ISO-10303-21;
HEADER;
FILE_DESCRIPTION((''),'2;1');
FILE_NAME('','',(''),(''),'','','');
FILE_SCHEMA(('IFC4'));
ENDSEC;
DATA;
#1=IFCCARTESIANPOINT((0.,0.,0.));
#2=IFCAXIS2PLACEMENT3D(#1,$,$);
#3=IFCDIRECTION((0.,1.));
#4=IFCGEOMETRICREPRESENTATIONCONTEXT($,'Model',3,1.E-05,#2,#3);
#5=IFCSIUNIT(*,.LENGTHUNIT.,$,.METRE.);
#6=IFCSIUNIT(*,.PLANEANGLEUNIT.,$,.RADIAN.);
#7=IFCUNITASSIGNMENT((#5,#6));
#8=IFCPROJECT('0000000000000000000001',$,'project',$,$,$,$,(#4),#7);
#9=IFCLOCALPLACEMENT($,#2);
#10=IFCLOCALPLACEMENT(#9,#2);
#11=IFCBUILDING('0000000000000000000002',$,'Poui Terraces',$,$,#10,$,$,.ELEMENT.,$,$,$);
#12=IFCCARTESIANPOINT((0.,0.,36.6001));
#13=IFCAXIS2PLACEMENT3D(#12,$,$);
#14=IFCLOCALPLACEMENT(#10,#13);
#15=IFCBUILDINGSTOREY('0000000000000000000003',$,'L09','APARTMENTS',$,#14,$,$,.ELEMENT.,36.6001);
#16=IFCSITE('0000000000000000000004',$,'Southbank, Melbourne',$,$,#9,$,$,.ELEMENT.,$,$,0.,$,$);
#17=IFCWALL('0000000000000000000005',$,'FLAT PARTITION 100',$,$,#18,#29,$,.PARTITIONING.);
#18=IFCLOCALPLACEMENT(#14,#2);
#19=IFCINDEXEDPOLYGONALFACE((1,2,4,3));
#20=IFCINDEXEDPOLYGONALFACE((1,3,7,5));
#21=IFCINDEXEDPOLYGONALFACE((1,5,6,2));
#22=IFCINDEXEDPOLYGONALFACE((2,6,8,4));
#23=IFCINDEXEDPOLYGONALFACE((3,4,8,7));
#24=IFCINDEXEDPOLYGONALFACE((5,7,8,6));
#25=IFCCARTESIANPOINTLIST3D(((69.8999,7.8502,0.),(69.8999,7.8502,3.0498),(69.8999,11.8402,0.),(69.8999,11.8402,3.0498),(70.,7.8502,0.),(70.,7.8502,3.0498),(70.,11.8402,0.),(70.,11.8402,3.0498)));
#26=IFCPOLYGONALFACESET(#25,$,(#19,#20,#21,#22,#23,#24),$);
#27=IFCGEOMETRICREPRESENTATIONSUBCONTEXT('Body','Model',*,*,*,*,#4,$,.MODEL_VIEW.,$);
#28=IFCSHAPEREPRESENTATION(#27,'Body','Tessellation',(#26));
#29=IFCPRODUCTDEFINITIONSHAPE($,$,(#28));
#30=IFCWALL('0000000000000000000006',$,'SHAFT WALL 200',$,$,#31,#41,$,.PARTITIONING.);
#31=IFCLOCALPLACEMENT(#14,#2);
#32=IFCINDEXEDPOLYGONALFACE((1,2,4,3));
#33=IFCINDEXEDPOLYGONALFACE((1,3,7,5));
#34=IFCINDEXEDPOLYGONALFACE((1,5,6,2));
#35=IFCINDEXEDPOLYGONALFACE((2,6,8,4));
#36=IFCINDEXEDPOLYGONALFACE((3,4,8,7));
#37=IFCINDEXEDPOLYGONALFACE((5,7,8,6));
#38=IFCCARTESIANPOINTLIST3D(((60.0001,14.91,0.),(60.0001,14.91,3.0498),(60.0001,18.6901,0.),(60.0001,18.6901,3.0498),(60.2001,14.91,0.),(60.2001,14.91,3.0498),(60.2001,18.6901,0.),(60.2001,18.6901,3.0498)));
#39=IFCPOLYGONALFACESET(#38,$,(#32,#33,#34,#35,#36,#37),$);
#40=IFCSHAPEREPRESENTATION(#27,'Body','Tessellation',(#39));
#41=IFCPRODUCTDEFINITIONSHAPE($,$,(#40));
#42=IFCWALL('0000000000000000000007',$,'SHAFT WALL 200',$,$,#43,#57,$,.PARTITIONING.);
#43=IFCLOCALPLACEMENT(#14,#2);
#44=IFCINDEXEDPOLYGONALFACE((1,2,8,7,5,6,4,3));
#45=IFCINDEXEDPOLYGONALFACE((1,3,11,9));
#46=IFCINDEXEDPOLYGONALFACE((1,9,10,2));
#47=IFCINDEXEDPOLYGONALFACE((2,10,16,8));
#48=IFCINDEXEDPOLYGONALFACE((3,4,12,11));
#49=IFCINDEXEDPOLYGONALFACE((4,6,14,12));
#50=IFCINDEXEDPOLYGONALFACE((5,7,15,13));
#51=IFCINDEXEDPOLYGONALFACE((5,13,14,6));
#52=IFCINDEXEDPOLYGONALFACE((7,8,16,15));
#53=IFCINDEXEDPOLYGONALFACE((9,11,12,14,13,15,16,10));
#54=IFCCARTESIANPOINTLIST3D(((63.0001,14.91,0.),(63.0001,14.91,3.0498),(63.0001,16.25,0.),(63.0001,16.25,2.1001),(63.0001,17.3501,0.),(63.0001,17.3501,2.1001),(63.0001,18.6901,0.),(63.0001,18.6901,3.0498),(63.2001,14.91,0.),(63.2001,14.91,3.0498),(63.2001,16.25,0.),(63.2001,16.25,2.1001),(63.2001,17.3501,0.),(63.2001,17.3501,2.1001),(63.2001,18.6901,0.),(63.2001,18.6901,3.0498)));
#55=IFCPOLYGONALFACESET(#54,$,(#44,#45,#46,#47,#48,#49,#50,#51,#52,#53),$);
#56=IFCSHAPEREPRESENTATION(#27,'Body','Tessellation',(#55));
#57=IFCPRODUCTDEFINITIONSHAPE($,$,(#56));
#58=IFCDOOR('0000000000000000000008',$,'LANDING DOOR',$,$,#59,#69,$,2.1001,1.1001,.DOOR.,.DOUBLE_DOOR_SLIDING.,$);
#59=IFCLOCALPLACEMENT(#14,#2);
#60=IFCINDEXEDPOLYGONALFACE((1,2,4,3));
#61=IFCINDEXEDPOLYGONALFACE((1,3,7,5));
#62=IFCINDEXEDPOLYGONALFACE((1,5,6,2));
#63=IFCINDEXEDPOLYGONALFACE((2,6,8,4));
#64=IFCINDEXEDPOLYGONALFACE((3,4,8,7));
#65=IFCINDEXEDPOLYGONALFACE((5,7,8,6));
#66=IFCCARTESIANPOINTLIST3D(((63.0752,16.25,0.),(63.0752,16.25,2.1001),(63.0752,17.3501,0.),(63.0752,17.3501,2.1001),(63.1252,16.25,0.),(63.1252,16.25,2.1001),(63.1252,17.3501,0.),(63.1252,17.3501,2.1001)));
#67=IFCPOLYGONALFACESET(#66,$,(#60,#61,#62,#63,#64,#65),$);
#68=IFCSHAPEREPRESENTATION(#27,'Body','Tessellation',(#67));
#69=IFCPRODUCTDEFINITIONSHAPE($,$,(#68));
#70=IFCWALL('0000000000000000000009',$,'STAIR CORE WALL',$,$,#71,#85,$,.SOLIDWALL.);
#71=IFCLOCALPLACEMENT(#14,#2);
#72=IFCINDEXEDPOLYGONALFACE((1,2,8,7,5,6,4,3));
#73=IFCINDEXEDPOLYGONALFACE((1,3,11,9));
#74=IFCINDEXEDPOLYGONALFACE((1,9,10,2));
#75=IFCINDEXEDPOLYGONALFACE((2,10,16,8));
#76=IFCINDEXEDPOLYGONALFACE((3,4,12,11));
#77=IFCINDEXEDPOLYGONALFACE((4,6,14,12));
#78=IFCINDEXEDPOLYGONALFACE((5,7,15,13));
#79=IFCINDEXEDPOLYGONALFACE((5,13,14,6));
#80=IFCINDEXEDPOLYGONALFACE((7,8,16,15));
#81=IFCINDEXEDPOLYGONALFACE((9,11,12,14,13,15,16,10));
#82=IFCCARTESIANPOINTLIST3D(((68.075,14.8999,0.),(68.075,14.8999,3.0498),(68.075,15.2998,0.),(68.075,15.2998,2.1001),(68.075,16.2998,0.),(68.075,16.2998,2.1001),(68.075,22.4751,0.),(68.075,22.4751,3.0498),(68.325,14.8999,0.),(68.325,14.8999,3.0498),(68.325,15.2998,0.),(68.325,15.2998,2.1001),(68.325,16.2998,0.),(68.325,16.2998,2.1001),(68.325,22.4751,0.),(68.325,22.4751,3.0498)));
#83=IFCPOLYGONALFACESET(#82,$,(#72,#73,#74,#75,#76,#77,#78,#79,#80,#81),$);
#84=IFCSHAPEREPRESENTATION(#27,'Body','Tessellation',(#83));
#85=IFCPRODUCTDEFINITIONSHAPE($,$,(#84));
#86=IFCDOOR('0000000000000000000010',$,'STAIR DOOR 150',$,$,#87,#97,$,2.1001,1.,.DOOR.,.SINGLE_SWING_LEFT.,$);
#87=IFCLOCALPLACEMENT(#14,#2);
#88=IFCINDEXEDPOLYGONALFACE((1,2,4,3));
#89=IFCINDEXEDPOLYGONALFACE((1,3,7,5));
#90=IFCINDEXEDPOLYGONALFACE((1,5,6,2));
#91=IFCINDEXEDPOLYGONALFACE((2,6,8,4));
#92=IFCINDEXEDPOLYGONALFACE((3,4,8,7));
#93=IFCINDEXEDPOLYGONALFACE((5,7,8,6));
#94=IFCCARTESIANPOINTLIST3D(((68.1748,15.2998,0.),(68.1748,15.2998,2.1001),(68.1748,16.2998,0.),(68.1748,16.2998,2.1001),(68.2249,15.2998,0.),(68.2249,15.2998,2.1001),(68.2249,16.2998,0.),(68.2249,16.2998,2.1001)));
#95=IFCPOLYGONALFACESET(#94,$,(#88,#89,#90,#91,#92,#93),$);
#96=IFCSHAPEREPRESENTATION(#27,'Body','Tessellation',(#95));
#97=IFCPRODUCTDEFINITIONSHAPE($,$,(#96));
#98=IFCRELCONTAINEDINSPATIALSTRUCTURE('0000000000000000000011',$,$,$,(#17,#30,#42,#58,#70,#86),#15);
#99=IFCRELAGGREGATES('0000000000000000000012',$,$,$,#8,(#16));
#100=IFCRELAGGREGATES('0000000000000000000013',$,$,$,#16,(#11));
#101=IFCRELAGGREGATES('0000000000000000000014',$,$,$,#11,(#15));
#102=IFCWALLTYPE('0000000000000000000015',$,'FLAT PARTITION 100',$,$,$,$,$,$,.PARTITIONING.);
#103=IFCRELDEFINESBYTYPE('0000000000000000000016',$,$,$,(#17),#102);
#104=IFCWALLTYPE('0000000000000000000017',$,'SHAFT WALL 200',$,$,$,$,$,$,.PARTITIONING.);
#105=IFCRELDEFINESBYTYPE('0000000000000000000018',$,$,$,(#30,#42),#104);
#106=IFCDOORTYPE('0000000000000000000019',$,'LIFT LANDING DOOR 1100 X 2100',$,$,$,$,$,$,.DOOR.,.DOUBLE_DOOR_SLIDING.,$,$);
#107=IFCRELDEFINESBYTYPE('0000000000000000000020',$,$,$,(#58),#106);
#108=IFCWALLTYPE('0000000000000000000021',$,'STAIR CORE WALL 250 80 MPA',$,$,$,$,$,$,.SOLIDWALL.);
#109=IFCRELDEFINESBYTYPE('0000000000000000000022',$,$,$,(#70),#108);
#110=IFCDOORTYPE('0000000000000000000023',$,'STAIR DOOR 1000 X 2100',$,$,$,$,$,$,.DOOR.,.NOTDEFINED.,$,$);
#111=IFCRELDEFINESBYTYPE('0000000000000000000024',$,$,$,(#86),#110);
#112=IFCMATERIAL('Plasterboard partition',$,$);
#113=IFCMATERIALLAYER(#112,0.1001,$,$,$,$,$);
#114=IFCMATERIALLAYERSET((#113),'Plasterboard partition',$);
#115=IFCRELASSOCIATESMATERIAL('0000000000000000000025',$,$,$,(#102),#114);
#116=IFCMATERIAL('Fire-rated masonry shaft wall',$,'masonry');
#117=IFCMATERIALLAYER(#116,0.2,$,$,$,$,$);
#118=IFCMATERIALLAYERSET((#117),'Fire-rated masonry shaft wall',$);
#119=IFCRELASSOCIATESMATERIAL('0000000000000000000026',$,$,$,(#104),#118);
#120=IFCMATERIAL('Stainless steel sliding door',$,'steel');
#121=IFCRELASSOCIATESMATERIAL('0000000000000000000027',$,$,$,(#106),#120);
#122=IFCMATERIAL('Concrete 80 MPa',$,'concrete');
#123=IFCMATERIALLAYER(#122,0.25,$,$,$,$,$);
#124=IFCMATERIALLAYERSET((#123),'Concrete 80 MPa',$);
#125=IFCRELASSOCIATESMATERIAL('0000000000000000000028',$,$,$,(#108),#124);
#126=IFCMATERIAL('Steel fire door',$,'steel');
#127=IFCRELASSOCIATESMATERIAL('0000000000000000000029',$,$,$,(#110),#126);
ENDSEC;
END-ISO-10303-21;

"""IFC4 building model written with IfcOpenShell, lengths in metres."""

from ifc_helpers import new_model, si_unit, direction, frame, frame_2d, origin, place, context, subcontext, project, spatial, rectangle, extrude, material, layer, layer_set, type_object, element, fill, save


model = new_model("IFC4")

# Units and contexts
model_context = context("Model", 3, precision=1e-05, world=origin(), true_north=direction((0.0, 1.0)))
body_context = subcontext(model_context, "Body", "Model", "MODEL_VIEW")
ifc_project = project(units=[si_unit("LENGTHUNIT", "METRE"), si_unit("PLANEANGLEUNIT", "RADIAN")], contexts=[model_context])

# Site, building, storey
site_placement = place(None, origin())
site = spatial("IfcSite", under=ifc_project, at=site_placement, Name="Southbank, Melbourne", CompositionType="ELEMENT", RefElevation=0.0)
building_placement = place(site_placement, origin())
building = spatial("IfcBuilding", under=site, at=building_placement, Name="Poui Terraces", CompositionType="ELEMENT")
storey_placement = place(building_placement, frame((0.0, 0.0, 36.6001)))
storey = spatial("IfcBuildingStorey", under=building, at=storey_placement, Name="L09", Description="APARTMENTS", CompositionType="ELEMENT", Elevation=36.6001)

# Shared definitions
ifc_material_1 = material(Name="Concrete 80 MPa", Category="concrete")

# Shared definitions
ifc_material_2 = material(Name="Steel fire door", Category="steel")
ifc_material_3 = material(Name="Plasterboard partition")
ifc_layer_1 = layer(ifc_material_3, 0.1001)
ifc_layer_set_1 = layer_set([ifc_layer_1], Name="Plasterboard partition")
wall_type_1 = type_object("IfcWallType", Name="FLAT PARTITION 100", PredefinedType="PARTITIONING", material=ifc_layer_set_1)

# Walls
wall_1_placement = place(storey_placement, frame((69.95, 7.8501, 0.0), z_axis=(0.0, 0.0, 1.0), x_axis=(0.0, 1.0, 0.0)))
element("IfcWall", 1, at=wall_1_placement, inside=storey, type_object=wall_type_1, Name="FLAT PARTITION 100", PredefinedType="PARTITIONING", context=body_context, shape_type="SweptSolid", body=[
    extrude(rectangle(XDim=3.99, YDim=0.1001, at=frame_2d((1.9951, 0.0))), origin(), (0.0, 0.0, 1.0), 3.0498),
])
ifc_material_4 = material(Name="Fire-rated masonry shaft wall", Category="masonry")
ifc_layer_2 = layer(ifc_material_4, 0.2)
ifc_layer_set_2 = layer_set([ifc_layer_2], Name="Fire-rated masonry shaft wall")
wall_type_2 = type_object("IfcWallType", Name="SHAFT WALL 200", PredefinedType="PARTITIONING", material=ifc_layer_set_2)
wall_2_placement = place(storey_placement, frame((60.1001, 14.9099, 0.0), z_axis=(0.0, 0.0, 1.0), x_axis=(0.0, 1.0, 0.0)))
element("IfcWall", 2, at=wall_2_placement, inside=storey, type_object=wall_type_2, Name="SHAFT WALL 200", PredefinedType="PARTITIONING", context=body_context, shape_type="SweptSolid", body=[
    extrude(rectangle(XDim=3.78, YDim=0.2, at=frame_2d((1.8901, 0.0))), origin(), (0.0, 0.0, 1.0), 3.0498),
])

# Walls, openings, doors
wall_3_placement = place(storey_placement, frame((63.1001, 14.9099, 0.0), z_axis=(0.0, 0.0, 1.0), x_axis=(0.0, 1.0, 0.0)))
wall_3 = element("IfcWall", 3, at=wall_3_placement, inside=storey, type_object=wall_type_2, Name="SHAFT WALL 200", PredefinedType="PARTITIONING", context=body_context, shape_type="SweptSolid", body=[
    extrude(rectangle(XDim=3.78, YDim=0.2, at=frame_2d((1.8901, 0.0))), origin(), (0.0, 0.0, 1.0), 3.0498),
])
opening_1_placement = place(wall_3_placement, frame((1.3401, 0.0, 0.0)))
opening_1 = element("IfcOpeningElement", 4, at=opening_1_placement, cuts=wall_3, PredefinedType="OPENING", context=body_context, shape_type="SweptSolid", body=[
    extrude(rectangle(XDim=1.1001, YDim=2.1001, at=frame_2d((0.55, 1.05))), frame((0.0, 0.1099, 0.0), z_axis=(0.0, -1.0, 0.0), x_axis=(1.0, 0.0, 0.0)), (0.0, 0.0, 1.0), 0.22),
])
ifc_material_5 = material(Name="Stainless steel sliding door", Category="steel")
door_type_1 = type_object("IfcDoorType", Name="LIFT LANDING DOOR 1100 X 2100", OperationType="DOUBLE_DOOR_SLIDING", PredefinedType="DOOR", material=ifc_material_5)
door_1_placement = place(opening_1_placement, origin())
door_1 = element("IfcDoor", 5, at=door_1_placement, inside=storey, type_object=door_type_1, Name="LANDING DOOR", OperationType="DOUBLE_DOOR_SLIDING", OverallHeight=2.1001, OverallWidth=1.1001, PredefinedType="DOOR", context=body_context, shape_type="SweptSolid", body=[
    extrude(rectangle(XDim=1.1001, YDim=2.1001, at=frame_2d((0.55, 1.05))), frame((0.0, 0.0249, 0.0), z_axis=(0.0, -1.0, 0.0), x_axis=(1.0, 0.0, 0.0)), (0.0, 0.0, 1.0), 0.05),
])
fill(opening_1, door_1)
ifc_layer_3 = layer(ifc_material_1, 0.25)
ifc_layer_set_3 = layer_set([ifc_layer_3], Name="Concrete 80 MPa")
wall_type_3 = type_object("IfcWallType", Name="STAIR CORE WALL 250 80 MPA", PredefinedType="SOLIDWALL", material=ifc_layer_set_3)
wall_4_placement = place(storey_placement, frame((68.2, 14.8999, 0.0), z_axis=(0.0, 0.0, 1.0), x_axis=(0.0, 1.0, 0.0)))
wall_4 = element("IfcWall", 6, at=wall_4_placement, inside=storey, type_object=wall_type_3, Name="STAIR CORE WALL", PredefinedType="SOLIDWALL", context=body_context, shape_type="SweptSolid", body=[
    extrude(rectangle(XDim=7.5752, YDim=0.25, at=frame_2d((3.7876, 0.0))), origin(), (0.0, 0.0, 1.0), 3.0498),
])
opening_2_placement = place(wall_4_placement, frame((0.3999, 0.0, 0.0)))
opening_2 = element("IfcOpeningElement", 7, at=opening_2_placement, cuts=wall_4, PredefinedType="OPENING", context=body_context, shape_type="SweptSolid", body=[
    extrude(rectangle(XDim=1.0, YDim=2.1001, at=frame_2d((0.5, 1.05))), frame((0.0, 0.135, 0.0), z_axis=(0.0, -1.0, 0.0), x_axis=(1.0, 0.0, 0.0)), (0.0, 0.0, 1.0), 0.27),
])
door_type_2 = type_object("IfcDoorType", Name="STAIR DOOR 1000 X 2100", OperationType="NOTDEFINED", PredefinedType="DOOR", material=ifc_material_2)
door_2_placement = place(opening_2_placement, frame((1.0, 0.0, 0.0), z_axis=(0.0, 0.0, 1.0), x_axis=(-1.0, 0.0, 0.0)))
door_2 = element("IfcDoor", 8, at=door_2_placement, inside=storey, type_object=door_type_2, Name="STAIR DOOR 150", OperationType="SINGLE_SWING_LEFT", OverallHeight=2.1001, OverallWidth=1.0, PredefinedType="DOOR", context=body_context, shape_type="SweptSolid", body=[
    extrude(rectangle(XDim=1.0, YDim=2.1001, at=frame_2d((0.5, 1.05))), frame((0.0, 0.0249, 0.0), z_axis=(0.0, -1.0, 0.0), x_axis=(1.0, 0.0, 0.0)), (0.0, 0.0, 1.0), 0.05),
])
fill(opening_2, door_2)

save(model, "model.ifc")
